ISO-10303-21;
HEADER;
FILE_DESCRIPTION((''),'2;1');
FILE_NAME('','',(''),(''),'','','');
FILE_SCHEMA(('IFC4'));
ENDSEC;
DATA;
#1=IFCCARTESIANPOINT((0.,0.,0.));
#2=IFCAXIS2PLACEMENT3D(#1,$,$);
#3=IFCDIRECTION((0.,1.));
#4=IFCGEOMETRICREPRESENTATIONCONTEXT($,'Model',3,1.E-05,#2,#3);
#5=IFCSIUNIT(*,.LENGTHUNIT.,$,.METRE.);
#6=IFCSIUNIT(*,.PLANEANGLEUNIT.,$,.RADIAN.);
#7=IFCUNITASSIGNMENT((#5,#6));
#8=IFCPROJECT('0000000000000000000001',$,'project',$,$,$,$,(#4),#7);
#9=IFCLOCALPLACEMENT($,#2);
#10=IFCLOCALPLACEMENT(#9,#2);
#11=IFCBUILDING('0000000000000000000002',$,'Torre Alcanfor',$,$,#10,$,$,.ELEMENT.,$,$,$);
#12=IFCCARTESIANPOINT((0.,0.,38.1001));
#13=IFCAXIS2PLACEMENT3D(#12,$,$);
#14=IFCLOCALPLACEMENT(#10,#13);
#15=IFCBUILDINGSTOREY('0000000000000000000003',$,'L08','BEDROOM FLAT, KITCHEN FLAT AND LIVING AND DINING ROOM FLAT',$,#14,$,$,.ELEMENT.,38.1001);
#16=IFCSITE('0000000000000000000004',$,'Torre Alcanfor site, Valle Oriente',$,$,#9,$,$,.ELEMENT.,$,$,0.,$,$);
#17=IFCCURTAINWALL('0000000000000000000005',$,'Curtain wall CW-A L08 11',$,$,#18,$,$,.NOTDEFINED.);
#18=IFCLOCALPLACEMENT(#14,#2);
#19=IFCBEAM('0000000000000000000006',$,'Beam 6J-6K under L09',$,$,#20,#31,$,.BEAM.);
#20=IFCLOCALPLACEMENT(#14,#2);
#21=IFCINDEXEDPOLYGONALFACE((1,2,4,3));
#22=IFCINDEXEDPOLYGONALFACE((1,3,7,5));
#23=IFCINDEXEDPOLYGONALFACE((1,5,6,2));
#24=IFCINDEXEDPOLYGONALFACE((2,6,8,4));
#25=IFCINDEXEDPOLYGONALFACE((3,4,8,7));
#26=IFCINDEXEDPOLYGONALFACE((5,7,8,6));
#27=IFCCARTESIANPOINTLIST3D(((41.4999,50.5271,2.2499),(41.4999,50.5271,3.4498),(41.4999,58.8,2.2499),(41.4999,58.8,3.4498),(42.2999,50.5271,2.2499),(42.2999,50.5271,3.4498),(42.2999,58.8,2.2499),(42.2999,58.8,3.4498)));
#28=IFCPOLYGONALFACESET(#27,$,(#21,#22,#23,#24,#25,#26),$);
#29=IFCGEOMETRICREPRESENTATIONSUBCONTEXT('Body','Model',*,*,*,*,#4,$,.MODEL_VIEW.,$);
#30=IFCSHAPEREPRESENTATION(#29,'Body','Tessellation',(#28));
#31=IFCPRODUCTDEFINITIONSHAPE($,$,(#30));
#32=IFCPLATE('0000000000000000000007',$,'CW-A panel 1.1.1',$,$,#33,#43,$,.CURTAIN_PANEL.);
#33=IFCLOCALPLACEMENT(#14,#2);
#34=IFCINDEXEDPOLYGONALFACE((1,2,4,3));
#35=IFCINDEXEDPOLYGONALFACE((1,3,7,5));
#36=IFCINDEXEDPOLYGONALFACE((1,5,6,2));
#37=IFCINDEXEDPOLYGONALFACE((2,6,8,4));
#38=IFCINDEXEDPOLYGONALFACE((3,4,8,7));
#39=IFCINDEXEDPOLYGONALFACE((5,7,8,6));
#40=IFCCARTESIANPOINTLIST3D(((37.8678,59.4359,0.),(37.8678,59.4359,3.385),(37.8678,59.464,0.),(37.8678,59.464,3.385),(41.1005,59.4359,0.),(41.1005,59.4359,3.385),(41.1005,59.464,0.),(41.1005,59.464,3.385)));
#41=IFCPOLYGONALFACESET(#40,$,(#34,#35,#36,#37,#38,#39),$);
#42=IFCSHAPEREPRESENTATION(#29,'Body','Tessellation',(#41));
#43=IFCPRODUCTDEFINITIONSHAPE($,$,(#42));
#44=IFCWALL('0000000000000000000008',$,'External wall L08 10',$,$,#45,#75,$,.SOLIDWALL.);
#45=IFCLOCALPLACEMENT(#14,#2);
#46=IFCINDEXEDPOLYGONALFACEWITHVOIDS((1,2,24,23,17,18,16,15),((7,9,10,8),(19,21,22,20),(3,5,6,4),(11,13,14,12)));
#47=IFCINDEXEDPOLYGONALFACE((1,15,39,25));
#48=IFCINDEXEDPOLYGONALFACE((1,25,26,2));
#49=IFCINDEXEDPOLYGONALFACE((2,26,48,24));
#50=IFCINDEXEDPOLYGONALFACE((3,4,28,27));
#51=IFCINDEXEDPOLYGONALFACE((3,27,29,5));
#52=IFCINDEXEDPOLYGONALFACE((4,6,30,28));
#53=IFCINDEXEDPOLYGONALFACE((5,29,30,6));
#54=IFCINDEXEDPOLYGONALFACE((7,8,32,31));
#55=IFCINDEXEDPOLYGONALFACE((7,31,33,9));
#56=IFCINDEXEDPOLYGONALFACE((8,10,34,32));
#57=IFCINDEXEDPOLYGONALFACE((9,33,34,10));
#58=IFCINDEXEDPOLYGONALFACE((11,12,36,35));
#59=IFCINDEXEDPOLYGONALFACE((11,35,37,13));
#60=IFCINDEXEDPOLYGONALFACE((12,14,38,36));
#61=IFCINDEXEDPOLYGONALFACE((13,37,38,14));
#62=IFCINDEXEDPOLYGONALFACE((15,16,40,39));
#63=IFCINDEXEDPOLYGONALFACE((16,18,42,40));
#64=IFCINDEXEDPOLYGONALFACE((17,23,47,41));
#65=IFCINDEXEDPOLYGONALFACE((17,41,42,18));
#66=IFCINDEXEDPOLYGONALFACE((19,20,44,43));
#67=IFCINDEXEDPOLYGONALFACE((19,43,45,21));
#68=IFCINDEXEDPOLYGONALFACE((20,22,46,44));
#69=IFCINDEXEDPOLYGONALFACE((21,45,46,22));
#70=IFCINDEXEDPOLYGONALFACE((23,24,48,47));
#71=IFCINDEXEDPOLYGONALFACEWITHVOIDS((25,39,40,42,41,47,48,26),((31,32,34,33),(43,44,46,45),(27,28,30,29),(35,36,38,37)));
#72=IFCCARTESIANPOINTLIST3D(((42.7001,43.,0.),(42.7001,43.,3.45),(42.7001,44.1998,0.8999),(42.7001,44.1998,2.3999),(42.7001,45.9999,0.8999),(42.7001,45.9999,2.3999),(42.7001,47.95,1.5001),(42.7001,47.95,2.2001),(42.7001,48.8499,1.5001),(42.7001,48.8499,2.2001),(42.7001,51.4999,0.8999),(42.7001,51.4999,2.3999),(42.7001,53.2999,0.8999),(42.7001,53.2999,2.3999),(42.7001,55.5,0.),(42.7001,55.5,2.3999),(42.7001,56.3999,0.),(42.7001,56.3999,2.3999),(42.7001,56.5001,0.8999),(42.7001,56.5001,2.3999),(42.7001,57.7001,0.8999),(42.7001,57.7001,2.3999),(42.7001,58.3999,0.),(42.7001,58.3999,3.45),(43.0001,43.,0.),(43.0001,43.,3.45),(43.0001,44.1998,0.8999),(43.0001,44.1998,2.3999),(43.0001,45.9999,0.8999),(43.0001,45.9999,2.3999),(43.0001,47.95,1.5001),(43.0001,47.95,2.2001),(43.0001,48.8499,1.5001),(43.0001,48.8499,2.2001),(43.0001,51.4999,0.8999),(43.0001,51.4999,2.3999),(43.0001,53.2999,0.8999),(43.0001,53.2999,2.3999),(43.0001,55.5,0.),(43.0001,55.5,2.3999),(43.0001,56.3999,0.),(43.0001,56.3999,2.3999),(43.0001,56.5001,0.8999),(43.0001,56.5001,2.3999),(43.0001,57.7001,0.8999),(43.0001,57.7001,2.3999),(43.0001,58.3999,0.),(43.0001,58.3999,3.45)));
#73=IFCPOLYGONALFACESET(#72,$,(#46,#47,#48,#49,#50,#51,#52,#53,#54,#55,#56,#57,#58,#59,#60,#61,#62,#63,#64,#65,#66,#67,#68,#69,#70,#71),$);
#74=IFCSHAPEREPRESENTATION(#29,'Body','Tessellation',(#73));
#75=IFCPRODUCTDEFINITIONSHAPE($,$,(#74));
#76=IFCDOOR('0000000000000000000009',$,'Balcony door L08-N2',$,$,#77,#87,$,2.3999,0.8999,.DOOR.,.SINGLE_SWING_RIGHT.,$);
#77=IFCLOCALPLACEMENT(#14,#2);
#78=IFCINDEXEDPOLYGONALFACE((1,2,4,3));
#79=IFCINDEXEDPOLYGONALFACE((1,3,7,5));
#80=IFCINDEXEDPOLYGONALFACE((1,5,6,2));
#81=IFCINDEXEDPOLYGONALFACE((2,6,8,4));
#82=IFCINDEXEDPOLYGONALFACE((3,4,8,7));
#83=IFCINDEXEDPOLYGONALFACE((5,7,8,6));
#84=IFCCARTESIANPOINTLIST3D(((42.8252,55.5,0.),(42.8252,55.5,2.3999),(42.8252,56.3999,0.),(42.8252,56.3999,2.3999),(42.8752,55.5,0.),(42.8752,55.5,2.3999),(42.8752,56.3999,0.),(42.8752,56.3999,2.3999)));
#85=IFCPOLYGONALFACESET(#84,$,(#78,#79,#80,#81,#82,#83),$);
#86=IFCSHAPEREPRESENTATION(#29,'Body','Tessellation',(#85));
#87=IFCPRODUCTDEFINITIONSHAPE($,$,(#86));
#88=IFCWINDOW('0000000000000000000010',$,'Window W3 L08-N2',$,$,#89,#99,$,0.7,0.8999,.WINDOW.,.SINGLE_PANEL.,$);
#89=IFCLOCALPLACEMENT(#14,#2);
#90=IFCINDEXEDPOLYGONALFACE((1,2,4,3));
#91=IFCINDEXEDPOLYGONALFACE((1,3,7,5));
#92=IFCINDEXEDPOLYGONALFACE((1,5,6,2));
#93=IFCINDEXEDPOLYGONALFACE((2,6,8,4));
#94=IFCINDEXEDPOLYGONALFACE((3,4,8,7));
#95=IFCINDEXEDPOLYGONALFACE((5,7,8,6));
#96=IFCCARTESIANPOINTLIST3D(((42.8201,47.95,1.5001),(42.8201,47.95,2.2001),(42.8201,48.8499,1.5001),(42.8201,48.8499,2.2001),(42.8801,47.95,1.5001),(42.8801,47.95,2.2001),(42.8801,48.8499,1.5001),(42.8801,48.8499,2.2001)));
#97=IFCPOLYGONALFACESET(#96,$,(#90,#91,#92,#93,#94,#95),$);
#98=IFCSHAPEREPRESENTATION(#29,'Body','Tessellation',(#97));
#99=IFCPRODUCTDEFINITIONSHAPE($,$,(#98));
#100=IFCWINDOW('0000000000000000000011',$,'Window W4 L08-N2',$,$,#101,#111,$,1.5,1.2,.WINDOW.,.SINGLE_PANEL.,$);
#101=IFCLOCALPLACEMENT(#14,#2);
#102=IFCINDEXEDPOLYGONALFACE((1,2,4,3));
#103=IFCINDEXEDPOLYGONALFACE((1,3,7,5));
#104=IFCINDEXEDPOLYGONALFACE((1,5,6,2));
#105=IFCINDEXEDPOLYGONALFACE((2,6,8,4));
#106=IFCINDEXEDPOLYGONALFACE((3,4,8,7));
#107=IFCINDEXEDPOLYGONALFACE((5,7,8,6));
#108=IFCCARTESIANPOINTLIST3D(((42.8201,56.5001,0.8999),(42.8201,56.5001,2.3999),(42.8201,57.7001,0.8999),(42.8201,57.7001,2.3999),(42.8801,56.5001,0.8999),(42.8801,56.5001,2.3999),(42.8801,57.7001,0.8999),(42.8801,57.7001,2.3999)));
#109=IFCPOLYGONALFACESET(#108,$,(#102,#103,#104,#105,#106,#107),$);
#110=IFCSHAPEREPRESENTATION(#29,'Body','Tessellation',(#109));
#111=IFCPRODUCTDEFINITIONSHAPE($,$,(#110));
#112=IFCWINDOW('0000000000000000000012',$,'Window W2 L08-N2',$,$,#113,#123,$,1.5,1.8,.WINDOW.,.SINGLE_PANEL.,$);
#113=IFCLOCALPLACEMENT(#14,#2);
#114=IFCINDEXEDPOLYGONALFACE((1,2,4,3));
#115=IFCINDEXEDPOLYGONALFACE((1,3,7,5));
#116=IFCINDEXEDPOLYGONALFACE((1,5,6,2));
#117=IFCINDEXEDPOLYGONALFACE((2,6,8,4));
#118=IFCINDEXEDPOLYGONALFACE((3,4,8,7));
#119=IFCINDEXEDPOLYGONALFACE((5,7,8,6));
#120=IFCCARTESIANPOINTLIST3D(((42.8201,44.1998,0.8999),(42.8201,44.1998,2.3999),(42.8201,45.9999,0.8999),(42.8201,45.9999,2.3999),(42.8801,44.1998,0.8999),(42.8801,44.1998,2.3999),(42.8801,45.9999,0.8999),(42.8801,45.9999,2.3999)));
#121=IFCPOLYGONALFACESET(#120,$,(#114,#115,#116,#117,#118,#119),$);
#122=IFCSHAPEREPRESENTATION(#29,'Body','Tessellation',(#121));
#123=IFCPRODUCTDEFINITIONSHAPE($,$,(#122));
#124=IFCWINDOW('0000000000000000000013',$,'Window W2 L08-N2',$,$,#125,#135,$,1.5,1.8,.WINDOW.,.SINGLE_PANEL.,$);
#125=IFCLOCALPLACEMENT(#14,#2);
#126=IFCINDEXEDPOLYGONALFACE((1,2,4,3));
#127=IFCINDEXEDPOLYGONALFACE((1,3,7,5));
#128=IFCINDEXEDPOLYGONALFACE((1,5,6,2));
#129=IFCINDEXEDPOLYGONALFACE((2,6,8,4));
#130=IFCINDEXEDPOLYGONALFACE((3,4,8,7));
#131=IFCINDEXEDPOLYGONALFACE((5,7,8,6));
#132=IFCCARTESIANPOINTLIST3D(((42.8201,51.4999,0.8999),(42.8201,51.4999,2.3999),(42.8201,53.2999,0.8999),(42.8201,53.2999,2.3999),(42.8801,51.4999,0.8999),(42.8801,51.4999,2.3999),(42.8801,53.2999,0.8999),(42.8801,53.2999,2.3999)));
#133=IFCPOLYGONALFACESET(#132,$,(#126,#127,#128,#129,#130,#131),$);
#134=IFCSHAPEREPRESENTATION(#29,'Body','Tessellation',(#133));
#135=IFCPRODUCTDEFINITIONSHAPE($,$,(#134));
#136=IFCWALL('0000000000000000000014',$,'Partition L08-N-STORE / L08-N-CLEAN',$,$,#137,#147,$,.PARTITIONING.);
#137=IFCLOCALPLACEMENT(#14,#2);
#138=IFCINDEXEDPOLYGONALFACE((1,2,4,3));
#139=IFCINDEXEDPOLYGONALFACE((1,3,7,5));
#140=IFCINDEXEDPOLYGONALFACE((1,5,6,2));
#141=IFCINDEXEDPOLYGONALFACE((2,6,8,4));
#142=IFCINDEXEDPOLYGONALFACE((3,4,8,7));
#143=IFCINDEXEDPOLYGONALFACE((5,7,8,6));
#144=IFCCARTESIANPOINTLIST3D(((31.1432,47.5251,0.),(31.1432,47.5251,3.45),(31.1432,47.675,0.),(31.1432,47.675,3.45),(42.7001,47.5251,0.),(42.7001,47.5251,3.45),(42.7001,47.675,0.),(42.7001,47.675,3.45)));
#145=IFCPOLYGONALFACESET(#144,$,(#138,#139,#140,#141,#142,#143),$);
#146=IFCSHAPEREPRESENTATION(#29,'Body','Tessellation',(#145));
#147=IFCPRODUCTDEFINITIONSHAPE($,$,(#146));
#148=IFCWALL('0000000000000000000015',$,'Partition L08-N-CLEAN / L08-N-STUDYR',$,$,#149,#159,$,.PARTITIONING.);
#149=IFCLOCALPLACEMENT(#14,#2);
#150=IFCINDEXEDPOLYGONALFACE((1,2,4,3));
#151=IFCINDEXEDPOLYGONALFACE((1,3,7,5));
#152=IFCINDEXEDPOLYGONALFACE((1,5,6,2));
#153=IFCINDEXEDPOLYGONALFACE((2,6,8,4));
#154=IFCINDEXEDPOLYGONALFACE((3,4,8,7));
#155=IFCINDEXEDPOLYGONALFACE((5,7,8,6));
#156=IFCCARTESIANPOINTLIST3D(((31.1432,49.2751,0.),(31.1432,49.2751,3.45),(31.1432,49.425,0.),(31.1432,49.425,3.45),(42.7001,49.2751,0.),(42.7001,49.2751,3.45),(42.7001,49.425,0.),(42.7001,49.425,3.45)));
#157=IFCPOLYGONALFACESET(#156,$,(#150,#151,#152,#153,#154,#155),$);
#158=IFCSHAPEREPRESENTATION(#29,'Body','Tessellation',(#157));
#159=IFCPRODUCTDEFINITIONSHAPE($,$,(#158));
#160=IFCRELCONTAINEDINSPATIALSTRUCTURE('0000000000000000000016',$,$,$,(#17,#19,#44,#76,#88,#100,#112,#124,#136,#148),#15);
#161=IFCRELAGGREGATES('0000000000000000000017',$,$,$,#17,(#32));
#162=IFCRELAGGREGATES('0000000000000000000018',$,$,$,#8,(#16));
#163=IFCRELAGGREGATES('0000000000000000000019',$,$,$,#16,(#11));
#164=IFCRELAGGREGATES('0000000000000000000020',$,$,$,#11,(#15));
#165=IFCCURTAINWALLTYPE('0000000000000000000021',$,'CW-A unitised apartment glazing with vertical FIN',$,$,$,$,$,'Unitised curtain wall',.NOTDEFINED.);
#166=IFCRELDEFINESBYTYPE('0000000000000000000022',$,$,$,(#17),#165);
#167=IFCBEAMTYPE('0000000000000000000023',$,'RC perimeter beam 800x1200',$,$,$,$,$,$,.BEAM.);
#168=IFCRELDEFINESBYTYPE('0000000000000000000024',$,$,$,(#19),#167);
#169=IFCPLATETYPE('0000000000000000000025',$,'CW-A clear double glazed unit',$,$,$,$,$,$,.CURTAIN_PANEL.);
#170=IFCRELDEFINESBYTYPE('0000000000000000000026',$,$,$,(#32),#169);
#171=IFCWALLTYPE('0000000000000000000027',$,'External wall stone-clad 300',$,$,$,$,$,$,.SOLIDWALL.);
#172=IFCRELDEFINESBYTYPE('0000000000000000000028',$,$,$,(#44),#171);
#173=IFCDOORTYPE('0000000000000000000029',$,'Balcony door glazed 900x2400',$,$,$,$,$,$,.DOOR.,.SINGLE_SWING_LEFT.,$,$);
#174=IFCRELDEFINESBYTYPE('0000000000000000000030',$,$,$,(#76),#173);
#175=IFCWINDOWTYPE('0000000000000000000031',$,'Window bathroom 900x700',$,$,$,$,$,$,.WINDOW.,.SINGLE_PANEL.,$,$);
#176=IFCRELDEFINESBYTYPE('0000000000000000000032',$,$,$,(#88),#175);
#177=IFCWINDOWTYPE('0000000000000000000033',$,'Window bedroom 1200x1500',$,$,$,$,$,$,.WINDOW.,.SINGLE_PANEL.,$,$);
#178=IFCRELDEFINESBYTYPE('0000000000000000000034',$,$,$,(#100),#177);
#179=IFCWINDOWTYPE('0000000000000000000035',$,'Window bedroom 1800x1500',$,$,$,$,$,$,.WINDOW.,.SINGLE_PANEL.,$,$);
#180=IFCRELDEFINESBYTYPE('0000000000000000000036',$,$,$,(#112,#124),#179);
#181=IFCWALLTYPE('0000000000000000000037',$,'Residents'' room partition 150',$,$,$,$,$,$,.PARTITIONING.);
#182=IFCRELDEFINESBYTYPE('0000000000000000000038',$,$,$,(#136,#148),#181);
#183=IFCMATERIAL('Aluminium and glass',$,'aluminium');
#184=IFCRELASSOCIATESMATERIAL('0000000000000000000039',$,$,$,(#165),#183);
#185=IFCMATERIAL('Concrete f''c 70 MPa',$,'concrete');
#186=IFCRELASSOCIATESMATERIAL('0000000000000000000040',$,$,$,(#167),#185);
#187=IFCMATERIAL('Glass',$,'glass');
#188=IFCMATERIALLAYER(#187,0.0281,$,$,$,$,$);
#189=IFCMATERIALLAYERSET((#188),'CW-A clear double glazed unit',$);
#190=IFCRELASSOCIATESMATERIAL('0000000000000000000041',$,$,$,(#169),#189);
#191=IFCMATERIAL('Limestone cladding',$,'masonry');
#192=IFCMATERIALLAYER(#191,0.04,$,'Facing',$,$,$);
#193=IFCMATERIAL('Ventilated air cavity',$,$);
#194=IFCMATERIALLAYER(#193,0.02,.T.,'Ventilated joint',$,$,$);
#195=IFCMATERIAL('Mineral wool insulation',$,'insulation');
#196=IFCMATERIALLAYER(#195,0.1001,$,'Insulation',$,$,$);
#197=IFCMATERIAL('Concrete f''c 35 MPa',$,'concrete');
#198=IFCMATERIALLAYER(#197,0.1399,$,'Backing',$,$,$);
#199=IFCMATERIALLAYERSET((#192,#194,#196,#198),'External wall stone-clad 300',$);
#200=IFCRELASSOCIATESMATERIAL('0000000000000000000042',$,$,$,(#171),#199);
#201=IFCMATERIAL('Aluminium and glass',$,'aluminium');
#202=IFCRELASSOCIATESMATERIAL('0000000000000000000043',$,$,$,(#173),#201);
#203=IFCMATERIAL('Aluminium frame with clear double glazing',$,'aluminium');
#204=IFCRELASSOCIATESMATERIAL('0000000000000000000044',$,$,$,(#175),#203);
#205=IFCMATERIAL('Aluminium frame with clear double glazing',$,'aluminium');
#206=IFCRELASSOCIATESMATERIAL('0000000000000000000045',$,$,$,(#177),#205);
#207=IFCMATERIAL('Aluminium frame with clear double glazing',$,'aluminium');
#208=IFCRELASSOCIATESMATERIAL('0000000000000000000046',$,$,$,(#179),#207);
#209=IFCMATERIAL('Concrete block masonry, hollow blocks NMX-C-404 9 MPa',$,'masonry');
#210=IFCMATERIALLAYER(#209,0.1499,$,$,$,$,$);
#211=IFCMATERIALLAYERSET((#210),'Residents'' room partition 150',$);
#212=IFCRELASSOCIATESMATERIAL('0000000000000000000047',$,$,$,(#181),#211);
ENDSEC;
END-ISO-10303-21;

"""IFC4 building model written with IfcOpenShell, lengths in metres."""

from ifc_helpers import new_model, si_unit, direction, frame, frame_2d, origin, origin_2d, place, context, subcontext, project, spatial, rectangle, extrude, material, layer, layer_set, material_profile, profile_set, type_object, element, fill, aggregate, save


model = new_model("IFC4")

# Units and contexts
model_context = context("Model", 3, precision=1e-05, world=origin(), true_north=direction((0.0, 1.0)))
body_context = subcontext(model_context, "Body", "Model", "MODEL_VIEW")
ifc_project = project(units=[si_unit("LENGTHUNIT", "METRE"), si_unit("PLANEANGLEUNIT", "RADIAN")], contexts=[model_context])

# Site, building, storey
site_placement = place(None, origin())
site = spatial("IfcSite", under=ifc_project, at=site_placement, Name="Torre Alcanfor site, Valle Oriente", CompositionType="ELEMENT", RefElevation=0.0)
building_placement = place(site_placement, origin())
building = spatial("IfcBuilding", under=site, at=building_placement, Name="Torre Alcanfor", CompositionType="ELEMENT")
storey_placement = place(building_placement, frame((0.0, 0.0, 38.1001)))
storey = spatial("IfcBuildingStorey", under=building, at=storey_placement, Name="L08", Description="BEDROOM FLAT, KITCHEN FLAT AND LIVING AND DINING ROOM FLAT", CompositionType="ELEMENT", Elevation=38.1001)

# Curtain wall
ifc_material_1 = material(Name="Aluminium and glass", Category="aluminium")
curtain_wall_type = type_object("IfcCurtainWallType", Name="CW-A unitised apartment glazing with vertical FIN", ElementType="Unitised curtain wall", PredefinedType="NOTDEFINED", material=ifc_material_1)
curtain_wall_placement = place(storey_placement, origin())
curtain_wall = element("IfcCurtainWall", 1, at=curtain_wall_placement, inside=storey, type_object=curtain_wall_type, Name="Curtain wall CW-A L08 11", PredefinedType="NOTDEFINED")

# Beam
ifc_material_2 = material(Name="Concrete f'c 70 MPa", Category="concrete")
ifc_material_profile_1 = material_profile(ifc_material_2, rectangle(XDim=0.8, YDim=1.2, at=origin_2d()), Name="800x1200")
ifc_profile_set_1 = profile_set([ifc_material_profile_1], Name="Concrete f'c 70 MPa")
beam_type_1 = type_object("IfcBeamType", Name="RC perimeter beam 800x1200", PredefinedType="BEAM", material=ifc_profile_set_1)
beam_placement = place(storey_placement, frame((41.8999, 50.5271, 2.8499), z_axis=(0.0, 1.0, 0.0), x_axis=(-1.0, 0.0, 0.0)))
element("IfcBeam", 2, at=beam_placement, inside=storey, type_object=beam_type_1, Name="Beam 6J-6K under L09", PredefinedType="BEAM", context=body_context, shape_type="SweptSolid", body=[
    extrude(rectangle(XDim=0.8, YDim=1.2, at=origin_2d()), origin(), (0.0, 0.0, 1.0), 8.2729),
])

# Plate
ifc_material_3 = material(Name="Glass", Category="glass")
ifc_layer_1 = layer(ifc_material_3, 0.0281)
ifc_layer_set_1 = layer_set([ifc_layer_1], Name="CW-A clear double glazed unit")
plate_type = type_object("IfcPlateType", Name="CW-A clear double glazed unit", PredefinedType="CURTAIN_PANEL", material=ifc_layer_set_1)
plate_placement = place(storey_placement, frame((39.4841, 59.45, 0.0), z_axis=(0.0, 0.0, 1.0), x_axis=(-1.0, 0.0, 0.0)))
plate = element("IfcPlate", 3, at=plate_placement, type_object=plate_type, Name="CW-A panel 1.1.1", PredefinedType="CURTAIN_PANEL", context=body_context, shape_type="SweptSolid", body=[
    extrude(rectangle(XDim=3.2327, YDim=0.0281, at=origin_2d()), origin(), (0.0, 0.0, 1.0), 3.385),
])
aggregate(curtain_wall, [plate])

# Wall, openings, door, windows
ifc_material_4 = material(Name="Limestone cladding", Category="masonry")
ifc_layer_2 = layer(ifc_material_4, 0.04, Name="Facing")
ifc_material_5 = material(Name="Ventilated air cavity")
ifc_layer_3 = layer(ifc_material_5, 0.02, ventilated=True, Name="Ventilated joint")
ifc_material_6 = material(Name="Mineral wool insulation", Category="insulation")
ifc_layer_4 = layer(ifc_material_6, 0.1001, Name="Insulation")
ifc_material_7 = material(Name="Concrete f'c 35 MPa", Category="concrete")
ifc_layer_5 = layer(ifc_material_7, 0.1399, Name="Backing")
ifc_layer_set_2 = layer_set([ifc_layer_2, ifc_layer_3, ifc_layer_4, ifc_layer_5], Name="External wall stone-clad 300")
wall_type_1 = type_object("IfcWallType", Name="External wall stone-clad 300", PredefinedType="SOLIDWALL", material=ifc_layer_set_2)
wall_1_placement = place(storey_placement, frame((42.8501, 43.0, 0.0), z_axis=(0.0, 0.0, 1.0), x_axis=(0.0, 1.0, 0.0)))
wall_1 = element("IfcWall", 4, at=wall_1_placement, inside=storey, type_object=wall_type_1, Name="External wall L08 10", PredefinedType="SOLIDWALL", context=body_context, shape_type="SweptSolid", body=[
    extrude(rectangle(XDim=15.3999, YDim=0.3, at=frame_2d((7.7, 0.0))), origin(), (0.0, 0.0, 1.0), 3.45),
])
opening_1_placement = place(wall_1_placement, frame((1.2, 0.0, 0.8999)))
opening_1 = element("IfcOpeningElement", 5, at=opening_1_placement, cuts=wall_1, PredefinedType="OPENING", context=body_context, shape_type="SweptSolid", body=[
    extrude(rectangle(XDim=1.8, YDim=1.5, at=frame_2d((0.8999, 0.75))), frame((0.0, 0.1599, 0.0), z_axis=(0.0, -1.0, 0.0), x_axis=(1.0, 0.0, 0.0)), (0.0, 0.0, 1.0), 0.3201),
])
opening_2_placement = place(wall_1_placement, frame((4.95, 0.0, 1.5)))
opening_2 = element("IfcOpeningElement", 6, at=opening_2_placement, cuts=wall_1, PredefinedType="OPENING", context=body_context, shape_type="SweptSolid", body=[
    extrude(rectangle(XDim=0.8999, YDim=0.7, at=frame_2d((0.45, 0.3501))), frame((0.0, 0.1599, 0.0), z_axis=(0.0, -1.0, 0.0), x_axis=(1.0, 0.0, 0.0)), (0.0, 0.0, 1.0), 0.3201),
])
opening_3_placement = place(wall_1_placement, frame((8.5, 0.0, 0.8999)))
opening_3 = element("IfcOpeningElement", 7, at=opening_3_placement, cuts=wall_1, PredefinedType="OPENING", context=body_context, shape_type="SweptSolid", body=[
    extrude(rectangle(XDim=1.8, YDim=1.5, at=frame_2d((0.8999, 0.75))), frame((0.0, 0.1599, 0.0), z_axis=(0.0, -1.0, 0.0), x_axis=(1.0, 0.0, 0.0)), (0.0, 0.0, 1.0), 0.3201),
])
opening_4_placement = place(wall_1_placement, frame((12.5, 0.0, 0.0)))
opening_4 = element("IfcOpeningElement", 8, at=opening_4_placement, cuts=wall_1, PredefinedType="OPENING", context=body_context, shape_type="SweptSolid", body=[
    extrude(rectangle(XDim=0.8999, YDim=2.3999, at=frame_2d((0.45, 1.2))), frame((0.0, 0.1599, 0.0), z_axis=(0.0, -1.0, 0.0), x_axis=(1.0, 0.0, 0.0)), (0.0, 0.0, 1.0), 0.3201),
])
opening_5_placement = place(wall_1_placement, frame((13.5, 0.0, 0.8999)))
opening_5 = element("IfcOpeningElement", 9, at=opening_5_placement, cuts=wall_1, PredefinedType="OPENING", context=body_context, shape_type="SweptSolid", body=[
    extrude(rectangle(XDim=1.2, YDim=1.5, at=frame_2d((0.6001, 0.75))), frame((0.0, 0.1599, 0.0), z_axis=(0.0, -1.0, 0.0), x_axis=(1.0, 0.0, 0.0)), (0.0, 0.0, 1.0), 0.3201),
])
ifc_material_8 = material(Name="Aluminium and glass", Category="aluminium")
door_type = type_object("IfcDoorType", Name="Balcony door glazed 900x2400", OperationType="SINGLE_SWING_LEFT", PredefinedType="DOOR", material=ifc_material_8)
door_placement = place(opening_4_placement, origin())
door = element("IfcDoor", 10, at=door_placement, inside=storey, type_object=door_type, Name="Balcony door L08-N2", OperationType="SINGLE_SWING_RIGHT", OverallHeight=2.3999, OverallWidth=0.8999, PredefinedType="DOOR", context=body_context, shape_type="SweptSolid", body=[
    extrude(rectangle(XDim=0.8999, YDim=2.3999, at=frame_2d((0.45, 1.2))), frame((0.0, 0.0249, 0.0), z_axis=(0.0, -1.0, 0.0), x_axis=(1.0, 0.0, 0.0)), (0.0, 0.0, 1.0), 0.05),
])
fill(opening_4, door)
ifc_material_9 = material(Name="Aluminium frame with clear double glazing", Category="aluminium")
window_type_1 = type_object("IfcWindowType", Name="Window bathroom 900x700", PartitioningType="SINGLE_PANEL", PredefinedType="WINDOW", material=ifc_material_9)
window_1_placement = place(opening_2_placement, origin())
window_1 = element("IfcWindow", 11, at=window_1_placement, inside=storey, type_object=window_type_1, Name="Window W3 L08-N2", OverallHeight=0.7, OverallWidth=0.8999, PartitioningType="SINGLE_PANEL", PredefinedType="WINDOW", context=body_context, shape_type="SweptSolid", body=[
    extrude(rectangle(XDim=0.8999, YDim=0.7, at=frame_2d((0.45, 0.3501))), frame((0.0, 0.03, 0.0), z_axis=(0.0, -1.0, 0.0), x_axis=(1.0, 0.0, 0.0)), (0.0, 0.0, 1.0), 0.0601),
])
fill(opening_2, window_1)
ifc_material_10 = material(Name="Aluminium frame with clear double glazing", Category="aluminium")
window_type_2 = type_object("IfcWindowType", Name="Window bedroom 1200x1500", PartitioningType="SINGLE_PANEL", PredefinedType="WINDOW", material=ifc_material_10)
window_2_placement = place(opening_5_placement, origin())
window_2 = element("IfcWindow", 12, at=window_2_placement, inside=storey, type_object=window_type_2, Name="Window W4 L08-N2", OverallHeight=1.5, OverallWidth=1.2, PartitioningType="SINGLE_PANEL", PredefinedType="WINDOW", context=body_context, shape_type="SweptSolid", body=[
    extrude(rectangle(XDim=1.2, YDim=1.5, at=frame_2d((0.6001, 0.75))), frame((0.0, 0.03, 0.0), z_axis=(0.0, -1.0, 0.0), x_axis=(1.0, 0.0, 0.0)), (0.0, 0.0, 1.0), 0.0601),
])
fill(opening_5, window_2)
ifc_material_11 = material(Name="Aluminium frame with clear double glazing", Category="aluminium")
window_type_3 = type_object("IfcWindowType", Name="Window bedroom 1800x1500", PartitioningType="SINGLE_PANEL", PredefinedType="WINDOW", material=ifc_material_11)
window_3_placement = place(opening_1_placement, origin())
window_3 = element("IfcWindow", 13, at=window_3_placement, inside=storey, type_object=window_type_3, Name="Window W2 L08-N2", OverallHeight=1.5, OverallWidth=1.8, PartitioningType="SINGLE_PANEL", PredefinedType="WINDOW", context=body_context, shape_type="SweptSolid", body=[
    extrude(rectangle(XDim=1.8, YDim=1.5, at=frame_2d((0.8999, 0.75))), frame((0.0, 0.03, 0.0), z_axis=(0.0, -1.0, 0.0), x_axis=(1.0, 0.0, 0.0)), (0.0, 0.0, 1.0), 0.0601),
])
fill(opening_1, window_3)
window_4_placement = place(opening_3_placement, origin())
window_4 = element("IfcWindow", 14, at=window_4_placement, inside=storey, type_object=window_type_3, Name="Window W2 L08-N2", OverallHeight=1.5, OverallWidth=1.8, PartitioningType="SINGLE_PANEL", PredefinedType="WINDOW", context=body_context, shape_type="SweptSolid", body=[
    extrude(rectangle(XDim=1.8, YDim=1.5, at=frame_2d((0.8999, 0.75))), frame((0.0, 0.03, 0.0), z_axis=(0.0, -1.0, 0.0), x_axis=(1.0, 0.0, 0.0)), (0.0, 0.0, 1.0), 0.0601),
])
fill(opening_3, window_4)

# Walls
ifc_material_12 = material(Name="Concrete block masonry, hollow blocks NMX-C-404 9 MPa", Category="masonry")
ifc_layer_6 = layer(ifc_material_12, 0.1499)
ifc_layer_set_3 = layer_set([ifc_layer_6], Name="Residents' room partition 150")
wall_type_2 = type_object("IfcWallType", Name="Residents' room partition 150", PredefinedType="PARTITIONING", material=ifc_layer_set_3)
for number, where, z_axis, x_axis, name in (
    (15, (42.7, 47.6001, 0.0), (0.0, 0.0, 1.0), (-1.0, 0.0, 0.0), "Partition L08-N-STORE / L08-N-CLEAN"),
    (16, (42.7, 49.3501, 0.0), (0.0, 0.0, 1.0), (-1.0, 0.0, 0.0), "Partition L08-N-CLEAN / L08-N-STUDYR"),
):
    element("IfcWall", number, at=place(storey_placement, frame(where, z_axis=z_axis, x_axis=x_axis)), inside=storey, type_object=wall_type_2, Name=name, PredefinedType="PARTITIONING", context=body_context, shape_type="SweptSolid", body=[
        extrude(rectangle(XDim=11.5569, YDim=0.1499, at=frame_2d((5.7783, 0.0))), origin(), (0.0, 0.0, 1.0), 3.45),
    ])

save(model, "model.ifc")
